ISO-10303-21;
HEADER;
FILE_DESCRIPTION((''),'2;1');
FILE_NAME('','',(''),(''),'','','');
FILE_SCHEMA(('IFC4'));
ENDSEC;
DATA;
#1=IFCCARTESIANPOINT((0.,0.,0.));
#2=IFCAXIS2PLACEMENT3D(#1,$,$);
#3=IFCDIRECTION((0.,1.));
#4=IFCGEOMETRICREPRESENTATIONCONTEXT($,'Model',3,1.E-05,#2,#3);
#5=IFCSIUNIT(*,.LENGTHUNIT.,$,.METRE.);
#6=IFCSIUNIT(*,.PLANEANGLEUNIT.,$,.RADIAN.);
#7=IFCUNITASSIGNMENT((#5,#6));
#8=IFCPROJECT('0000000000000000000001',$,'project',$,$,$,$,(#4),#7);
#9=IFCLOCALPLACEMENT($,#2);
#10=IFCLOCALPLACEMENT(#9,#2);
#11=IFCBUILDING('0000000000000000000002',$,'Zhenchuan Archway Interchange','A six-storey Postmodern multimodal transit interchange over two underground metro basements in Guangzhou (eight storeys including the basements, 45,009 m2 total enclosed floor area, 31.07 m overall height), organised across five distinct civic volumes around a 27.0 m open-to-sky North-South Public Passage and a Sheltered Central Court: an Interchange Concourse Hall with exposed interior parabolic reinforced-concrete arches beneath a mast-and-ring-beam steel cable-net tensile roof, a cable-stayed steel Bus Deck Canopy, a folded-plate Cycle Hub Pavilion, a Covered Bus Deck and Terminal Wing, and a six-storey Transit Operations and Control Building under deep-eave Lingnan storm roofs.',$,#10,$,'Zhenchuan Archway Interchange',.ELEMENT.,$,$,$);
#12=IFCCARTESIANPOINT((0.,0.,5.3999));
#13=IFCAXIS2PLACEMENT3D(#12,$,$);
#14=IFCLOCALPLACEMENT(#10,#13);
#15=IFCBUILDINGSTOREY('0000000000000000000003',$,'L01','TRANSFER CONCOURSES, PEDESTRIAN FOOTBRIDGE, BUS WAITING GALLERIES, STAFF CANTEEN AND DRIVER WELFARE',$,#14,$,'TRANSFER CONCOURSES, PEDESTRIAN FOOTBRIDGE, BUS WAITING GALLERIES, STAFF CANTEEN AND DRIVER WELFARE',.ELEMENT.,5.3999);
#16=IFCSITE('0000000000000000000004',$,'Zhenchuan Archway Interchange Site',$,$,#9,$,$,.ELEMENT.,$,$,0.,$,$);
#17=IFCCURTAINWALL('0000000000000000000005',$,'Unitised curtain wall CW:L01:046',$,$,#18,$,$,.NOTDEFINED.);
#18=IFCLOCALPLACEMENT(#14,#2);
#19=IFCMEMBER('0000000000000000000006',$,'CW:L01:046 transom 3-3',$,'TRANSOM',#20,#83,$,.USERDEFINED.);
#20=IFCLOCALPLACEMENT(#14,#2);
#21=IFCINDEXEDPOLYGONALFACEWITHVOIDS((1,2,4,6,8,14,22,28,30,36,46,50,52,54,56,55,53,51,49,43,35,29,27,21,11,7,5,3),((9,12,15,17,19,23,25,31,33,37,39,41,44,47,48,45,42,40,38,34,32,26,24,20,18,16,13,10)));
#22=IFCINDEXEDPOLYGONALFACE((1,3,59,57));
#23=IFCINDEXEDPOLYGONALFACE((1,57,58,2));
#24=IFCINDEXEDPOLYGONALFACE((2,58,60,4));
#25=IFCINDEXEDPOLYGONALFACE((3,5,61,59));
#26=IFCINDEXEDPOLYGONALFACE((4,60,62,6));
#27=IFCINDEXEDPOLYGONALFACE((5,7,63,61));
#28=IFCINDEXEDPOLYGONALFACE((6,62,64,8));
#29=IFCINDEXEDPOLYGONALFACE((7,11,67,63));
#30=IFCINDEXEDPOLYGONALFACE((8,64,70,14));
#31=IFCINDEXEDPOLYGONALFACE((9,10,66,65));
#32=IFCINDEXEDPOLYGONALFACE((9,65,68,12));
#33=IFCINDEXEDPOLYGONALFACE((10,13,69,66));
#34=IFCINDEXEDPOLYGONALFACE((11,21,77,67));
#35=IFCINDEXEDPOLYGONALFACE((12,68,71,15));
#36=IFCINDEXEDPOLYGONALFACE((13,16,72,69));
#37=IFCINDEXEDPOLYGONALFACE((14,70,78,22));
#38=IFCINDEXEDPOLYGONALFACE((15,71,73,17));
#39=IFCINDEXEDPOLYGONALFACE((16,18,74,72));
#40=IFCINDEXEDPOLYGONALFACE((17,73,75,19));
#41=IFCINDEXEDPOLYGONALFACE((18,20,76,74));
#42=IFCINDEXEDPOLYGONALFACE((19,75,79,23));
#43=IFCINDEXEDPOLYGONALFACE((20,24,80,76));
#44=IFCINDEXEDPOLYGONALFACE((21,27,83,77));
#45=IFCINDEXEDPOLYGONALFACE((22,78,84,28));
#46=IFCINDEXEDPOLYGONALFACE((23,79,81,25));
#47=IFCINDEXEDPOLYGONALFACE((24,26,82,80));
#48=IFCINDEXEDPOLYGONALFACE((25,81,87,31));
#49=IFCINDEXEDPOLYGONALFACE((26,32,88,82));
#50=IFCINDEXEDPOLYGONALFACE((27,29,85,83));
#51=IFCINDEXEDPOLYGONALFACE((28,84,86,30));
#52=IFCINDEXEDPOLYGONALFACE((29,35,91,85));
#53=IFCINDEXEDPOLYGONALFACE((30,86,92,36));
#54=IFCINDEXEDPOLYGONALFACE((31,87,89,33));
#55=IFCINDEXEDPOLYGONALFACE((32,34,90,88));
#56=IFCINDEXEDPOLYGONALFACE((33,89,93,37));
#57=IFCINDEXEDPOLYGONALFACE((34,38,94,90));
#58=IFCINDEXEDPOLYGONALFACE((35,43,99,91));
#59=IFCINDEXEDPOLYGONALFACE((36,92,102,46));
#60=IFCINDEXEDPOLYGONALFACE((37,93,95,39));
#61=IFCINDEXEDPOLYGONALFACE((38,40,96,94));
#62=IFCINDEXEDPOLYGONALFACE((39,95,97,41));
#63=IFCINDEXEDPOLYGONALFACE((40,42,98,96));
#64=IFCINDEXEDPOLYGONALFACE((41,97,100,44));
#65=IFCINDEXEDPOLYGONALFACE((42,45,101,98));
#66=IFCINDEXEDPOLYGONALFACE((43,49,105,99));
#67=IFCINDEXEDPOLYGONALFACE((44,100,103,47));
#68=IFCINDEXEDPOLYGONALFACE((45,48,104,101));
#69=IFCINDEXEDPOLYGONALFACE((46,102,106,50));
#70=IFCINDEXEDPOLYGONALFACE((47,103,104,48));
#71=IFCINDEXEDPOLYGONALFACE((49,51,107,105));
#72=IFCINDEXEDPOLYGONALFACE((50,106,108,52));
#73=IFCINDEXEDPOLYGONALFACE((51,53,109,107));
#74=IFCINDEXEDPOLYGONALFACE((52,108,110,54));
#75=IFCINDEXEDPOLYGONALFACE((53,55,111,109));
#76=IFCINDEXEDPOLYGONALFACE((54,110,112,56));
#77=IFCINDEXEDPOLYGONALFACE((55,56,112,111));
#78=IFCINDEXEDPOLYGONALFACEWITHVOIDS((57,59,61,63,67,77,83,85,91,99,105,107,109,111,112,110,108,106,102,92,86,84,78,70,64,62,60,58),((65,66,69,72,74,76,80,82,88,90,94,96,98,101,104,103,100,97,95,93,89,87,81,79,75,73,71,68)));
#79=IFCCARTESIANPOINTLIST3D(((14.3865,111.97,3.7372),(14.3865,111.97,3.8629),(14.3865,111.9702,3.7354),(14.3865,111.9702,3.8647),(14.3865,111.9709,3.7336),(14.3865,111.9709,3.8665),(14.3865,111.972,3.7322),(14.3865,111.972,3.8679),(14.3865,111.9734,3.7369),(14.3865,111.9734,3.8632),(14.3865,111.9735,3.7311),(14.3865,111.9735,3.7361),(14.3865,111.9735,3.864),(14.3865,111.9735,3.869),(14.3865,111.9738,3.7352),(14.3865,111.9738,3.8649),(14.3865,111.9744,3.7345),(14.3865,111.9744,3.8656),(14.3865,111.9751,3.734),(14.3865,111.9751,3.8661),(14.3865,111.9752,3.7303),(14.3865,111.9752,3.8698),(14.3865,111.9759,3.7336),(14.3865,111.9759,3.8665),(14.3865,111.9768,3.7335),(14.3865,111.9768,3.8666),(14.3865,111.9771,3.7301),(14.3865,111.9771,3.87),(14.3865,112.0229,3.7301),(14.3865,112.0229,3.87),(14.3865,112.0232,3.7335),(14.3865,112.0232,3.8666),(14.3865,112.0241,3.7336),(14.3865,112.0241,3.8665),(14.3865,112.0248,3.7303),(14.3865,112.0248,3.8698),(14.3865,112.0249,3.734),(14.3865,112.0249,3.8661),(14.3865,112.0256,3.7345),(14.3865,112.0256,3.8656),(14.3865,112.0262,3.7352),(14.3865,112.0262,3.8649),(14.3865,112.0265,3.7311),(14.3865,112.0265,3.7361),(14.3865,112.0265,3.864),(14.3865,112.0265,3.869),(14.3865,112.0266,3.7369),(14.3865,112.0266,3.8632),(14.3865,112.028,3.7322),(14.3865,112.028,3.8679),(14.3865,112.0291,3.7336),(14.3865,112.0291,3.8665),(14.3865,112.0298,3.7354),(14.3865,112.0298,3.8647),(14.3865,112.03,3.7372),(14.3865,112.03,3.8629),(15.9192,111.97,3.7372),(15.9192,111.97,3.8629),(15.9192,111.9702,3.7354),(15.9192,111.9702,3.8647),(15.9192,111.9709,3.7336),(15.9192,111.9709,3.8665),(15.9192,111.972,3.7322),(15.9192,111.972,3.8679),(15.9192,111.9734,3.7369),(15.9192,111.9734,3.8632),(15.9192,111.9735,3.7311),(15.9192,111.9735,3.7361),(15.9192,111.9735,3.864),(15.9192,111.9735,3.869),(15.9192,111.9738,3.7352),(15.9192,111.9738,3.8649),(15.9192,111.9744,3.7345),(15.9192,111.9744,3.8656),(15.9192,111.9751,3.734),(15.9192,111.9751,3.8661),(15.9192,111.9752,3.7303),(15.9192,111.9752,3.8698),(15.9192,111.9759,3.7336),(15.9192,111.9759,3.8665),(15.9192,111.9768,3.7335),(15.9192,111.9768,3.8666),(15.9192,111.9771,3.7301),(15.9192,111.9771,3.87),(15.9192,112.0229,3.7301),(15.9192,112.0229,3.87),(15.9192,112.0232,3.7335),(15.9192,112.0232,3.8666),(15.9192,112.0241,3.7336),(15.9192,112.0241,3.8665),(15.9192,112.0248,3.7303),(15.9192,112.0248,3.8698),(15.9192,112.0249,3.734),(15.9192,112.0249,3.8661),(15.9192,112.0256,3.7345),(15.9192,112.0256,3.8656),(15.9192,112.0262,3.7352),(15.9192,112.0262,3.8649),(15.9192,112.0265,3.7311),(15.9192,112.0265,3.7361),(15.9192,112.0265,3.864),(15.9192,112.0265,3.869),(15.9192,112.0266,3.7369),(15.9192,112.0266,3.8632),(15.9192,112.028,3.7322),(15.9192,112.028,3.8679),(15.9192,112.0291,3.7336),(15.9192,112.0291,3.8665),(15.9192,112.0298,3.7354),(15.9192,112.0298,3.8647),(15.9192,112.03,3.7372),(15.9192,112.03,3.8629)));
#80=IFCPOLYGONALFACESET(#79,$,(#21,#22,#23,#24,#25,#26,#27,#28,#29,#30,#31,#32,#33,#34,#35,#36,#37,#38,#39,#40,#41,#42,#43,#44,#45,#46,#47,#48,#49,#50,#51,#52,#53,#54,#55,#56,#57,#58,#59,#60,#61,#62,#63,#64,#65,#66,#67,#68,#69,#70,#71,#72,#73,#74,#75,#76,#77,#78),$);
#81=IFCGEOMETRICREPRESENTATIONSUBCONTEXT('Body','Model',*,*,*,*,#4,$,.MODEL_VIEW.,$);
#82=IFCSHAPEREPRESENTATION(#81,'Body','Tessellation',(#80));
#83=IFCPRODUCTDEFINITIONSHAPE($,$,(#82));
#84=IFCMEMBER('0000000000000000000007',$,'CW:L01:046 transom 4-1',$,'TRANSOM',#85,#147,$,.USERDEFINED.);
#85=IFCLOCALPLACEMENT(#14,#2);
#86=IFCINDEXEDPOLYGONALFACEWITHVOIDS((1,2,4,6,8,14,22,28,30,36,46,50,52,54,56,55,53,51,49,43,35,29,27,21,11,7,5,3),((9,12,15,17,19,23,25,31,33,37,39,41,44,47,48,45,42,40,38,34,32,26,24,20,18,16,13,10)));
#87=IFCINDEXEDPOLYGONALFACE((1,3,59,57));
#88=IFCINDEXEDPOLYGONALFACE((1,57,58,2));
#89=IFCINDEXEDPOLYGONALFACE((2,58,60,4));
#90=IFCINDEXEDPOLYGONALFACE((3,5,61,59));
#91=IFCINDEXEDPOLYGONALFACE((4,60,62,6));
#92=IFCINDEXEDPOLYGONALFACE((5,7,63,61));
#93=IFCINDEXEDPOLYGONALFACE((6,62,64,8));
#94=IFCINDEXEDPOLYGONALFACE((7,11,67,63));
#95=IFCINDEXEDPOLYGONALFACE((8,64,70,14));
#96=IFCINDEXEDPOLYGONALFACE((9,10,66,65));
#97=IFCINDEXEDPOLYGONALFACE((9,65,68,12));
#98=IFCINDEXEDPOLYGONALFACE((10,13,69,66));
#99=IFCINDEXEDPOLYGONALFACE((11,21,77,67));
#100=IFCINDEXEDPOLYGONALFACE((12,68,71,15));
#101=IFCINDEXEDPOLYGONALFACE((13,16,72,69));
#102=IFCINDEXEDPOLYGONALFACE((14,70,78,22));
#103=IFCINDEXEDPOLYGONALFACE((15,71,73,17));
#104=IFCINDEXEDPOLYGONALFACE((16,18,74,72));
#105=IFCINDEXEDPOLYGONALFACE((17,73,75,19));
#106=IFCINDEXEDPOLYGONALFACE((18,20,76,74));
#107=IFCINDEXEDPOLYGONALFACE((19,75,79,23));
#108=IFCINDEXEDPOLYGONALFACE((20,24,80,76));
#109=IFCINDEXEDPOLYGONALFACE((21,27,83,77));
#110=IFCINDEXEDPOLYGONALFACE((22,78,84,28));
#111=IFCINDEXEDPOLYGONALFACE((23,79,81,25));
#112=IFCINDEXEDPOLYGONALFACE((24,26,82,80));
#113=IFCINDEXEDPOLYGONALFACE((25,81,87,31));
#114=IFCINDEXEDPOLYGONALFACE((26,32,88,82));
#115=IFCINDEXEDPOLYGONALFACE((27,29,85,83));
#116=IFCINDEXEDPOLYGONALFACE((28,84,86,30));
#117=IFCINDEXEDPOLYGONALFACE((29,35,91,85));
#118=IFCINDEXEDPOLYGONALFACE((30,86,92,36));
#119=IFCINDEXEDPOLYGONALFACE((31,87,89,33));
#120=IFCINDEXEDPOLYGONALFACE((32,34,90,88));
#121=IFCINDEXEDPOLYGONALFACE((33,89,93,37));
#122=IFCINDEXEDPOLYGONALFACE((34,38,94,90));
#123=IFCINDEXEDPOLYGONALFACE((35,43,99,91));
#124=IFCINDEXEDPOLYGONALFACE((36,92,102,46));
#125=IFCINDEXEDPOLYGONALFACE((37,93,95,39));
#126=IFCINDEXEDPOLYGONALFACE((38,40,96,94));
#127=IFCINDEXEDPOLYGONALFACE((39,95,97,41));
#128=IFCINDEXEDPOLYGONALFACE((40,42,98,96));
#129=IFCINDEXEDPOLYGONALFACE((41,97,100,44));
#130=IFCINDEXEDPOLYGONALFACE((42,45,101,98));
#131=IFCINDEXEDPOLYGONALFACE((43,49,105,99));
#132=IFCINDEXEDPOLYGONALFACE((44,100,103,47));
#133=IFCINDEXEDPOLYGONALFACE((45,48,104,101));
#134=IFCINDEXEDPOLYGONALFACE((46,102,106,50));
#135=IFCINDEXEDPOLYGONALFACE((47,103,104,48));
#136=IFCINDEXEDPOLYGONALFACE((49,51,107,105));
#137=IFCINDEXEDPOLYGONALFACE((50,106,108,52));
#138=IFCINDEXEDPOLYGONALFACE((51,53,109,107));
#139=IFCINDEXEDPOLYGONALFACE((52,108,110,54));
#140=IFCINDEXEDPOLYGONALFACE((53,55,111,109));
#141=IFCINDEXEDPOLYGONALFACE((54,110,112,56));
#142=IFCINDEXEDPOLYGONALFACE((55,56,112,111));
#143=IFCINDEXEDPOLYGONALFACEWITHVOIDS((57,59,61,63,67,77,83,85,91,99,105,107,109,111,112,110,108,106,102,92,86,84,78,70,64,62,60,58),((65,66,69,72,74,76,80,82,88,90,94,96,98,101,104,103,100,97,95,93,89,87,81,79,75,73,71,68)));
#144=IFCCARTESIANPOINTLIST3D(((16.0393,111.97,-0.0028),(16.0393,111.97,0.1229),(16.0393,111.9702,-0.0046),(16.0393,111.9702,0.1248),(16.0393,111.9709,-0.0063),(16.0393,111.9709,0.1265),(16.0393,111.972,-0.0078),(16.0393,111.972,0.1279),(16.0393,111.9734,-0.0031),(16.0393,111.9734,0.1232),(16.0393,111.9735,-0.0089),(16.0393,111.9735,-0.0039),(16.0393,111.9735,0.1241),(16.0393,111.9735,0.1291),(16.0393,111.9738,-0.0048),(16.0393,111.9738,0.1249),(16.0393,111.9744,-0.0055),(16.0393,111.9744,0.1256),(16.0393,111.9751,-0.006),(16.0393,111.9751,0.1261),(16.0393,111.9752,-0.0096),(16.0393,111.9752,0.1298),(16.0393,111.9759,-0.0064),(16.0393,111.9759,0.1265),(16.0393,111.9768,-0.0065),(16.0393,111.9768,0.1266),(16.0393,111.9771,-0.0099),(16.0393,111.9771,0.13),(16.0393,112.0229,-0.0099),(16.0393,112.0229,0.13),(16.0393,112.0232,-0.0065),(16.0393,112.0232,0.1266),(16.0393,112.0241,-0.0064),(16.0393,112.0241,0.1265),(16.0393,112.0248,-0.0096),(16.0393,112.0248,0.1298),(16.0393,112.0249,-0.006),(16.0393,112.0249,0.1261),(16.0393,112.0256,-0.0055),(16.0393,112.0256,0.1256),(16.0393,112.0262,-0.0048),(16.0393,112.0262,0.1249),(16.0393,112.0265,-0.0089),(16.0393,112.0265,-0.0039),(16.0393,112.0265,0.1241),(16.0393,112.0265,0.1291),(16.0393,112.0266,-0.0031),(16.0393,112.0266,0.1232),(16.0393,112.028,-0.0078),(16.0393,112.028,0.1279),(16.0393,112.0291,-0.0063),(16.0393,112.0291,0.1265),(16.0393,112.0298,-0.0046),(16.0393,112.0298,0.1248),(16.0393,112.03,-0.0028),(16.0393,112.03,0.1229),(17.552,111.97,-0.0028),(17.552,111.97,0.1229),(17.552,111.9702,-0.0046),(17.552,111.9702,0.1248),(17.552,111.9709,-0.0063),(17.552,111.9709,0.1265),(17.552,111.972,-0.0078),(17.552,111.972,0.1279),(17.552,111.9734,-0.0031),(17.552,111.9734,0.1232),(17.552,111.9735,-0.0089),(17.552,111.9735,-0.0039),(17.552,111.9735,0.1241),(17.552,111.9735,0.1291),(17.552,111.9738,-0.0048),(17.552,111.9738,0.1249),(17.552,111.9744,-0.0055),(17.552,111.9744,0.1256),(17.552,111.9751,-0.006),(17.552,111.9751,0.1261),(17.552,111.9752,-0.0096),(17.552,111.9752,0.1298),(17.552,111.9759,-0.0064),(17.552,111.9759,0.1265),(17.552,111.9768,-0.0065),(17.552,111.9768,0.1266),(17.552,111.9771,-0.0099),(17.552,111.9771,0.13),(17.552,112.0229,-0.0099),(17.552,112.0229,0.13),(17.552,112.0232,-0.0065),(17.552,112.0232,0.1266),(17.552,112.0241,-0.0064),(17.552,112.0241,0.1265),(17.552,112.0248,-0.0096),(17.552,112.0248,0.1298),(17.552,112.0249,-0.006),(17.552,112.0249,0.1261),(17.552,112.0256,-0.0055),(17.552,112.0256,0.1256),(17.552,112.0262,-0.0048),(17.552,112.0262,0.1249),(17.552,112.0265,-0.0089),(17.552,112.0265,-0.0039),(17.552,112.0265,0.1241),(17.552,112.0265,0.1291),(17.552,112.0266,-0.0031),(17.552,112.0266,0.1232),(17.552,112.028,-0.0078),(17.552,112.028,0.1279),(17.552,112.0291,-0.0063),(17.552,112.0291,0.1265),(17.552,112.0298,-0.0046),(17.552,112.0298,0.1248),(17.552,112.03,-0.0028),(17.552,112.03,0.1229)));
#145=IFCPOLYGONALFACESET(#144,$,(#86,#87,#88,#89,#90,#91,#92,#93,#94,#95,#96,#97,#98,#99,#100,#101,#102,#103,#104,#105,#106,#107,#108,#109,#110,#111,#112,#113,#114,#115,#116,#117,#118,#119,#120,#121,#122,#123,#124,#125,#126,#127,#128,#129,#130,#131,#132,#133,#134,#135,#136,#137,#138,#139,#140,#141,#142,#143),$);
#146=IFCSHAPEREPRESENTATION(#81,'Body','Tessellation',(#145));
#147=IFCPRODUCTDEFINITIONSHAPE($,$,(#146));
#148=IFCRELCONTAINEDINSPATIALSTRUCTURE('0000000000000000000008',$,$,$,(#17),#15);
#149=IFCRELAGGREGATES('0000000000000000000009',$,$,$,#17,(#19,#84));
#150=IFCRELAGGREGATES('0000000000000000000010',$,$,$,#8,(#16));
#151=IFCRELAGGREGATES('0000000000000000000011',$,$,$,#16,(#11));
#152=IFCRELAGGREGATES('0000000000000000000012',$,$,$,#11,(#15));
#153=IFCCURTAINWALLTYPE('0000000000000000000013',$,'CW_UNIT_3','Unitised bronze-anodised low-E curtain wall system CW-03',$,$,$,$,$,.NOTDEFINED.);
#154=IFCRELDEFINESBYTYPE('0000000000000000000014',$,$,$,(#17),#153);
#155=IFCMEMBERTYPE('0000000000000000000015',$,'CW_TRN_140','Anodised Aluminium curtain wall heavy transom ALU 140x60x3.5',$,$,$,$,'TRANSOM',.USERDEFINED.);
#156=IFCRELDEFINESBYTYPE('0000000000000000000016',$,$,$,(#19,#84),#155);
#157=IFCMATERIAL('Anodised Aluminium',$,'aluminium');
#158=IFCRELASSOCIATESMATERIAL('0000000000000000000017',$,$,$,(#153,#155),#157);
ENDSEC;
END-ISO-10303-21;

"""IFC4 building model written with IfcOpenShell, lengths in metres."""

from ifc_helpers import new_model, si_unit, direction, frame, origin, origin_2d, place, context, subcontext, project, spatial, hollow_rectangle, extrude, material, material_profile, profile_set, type_object, element, aggregate, save


model = new_model("IFC4")

# Units and contexts
model_context = context("Model", 3, precision=1e-05, world=origin(), true_north=direction((0.0, 1.0)))
body_context = subcontext(model_context, "Body", "Model", "MODEL_VIEW")
ifc_project = project(units=[si_unit("LENGTHUNIT", "METRE"), si_unit("PLANEANGLEUNIT", "RADIAN")], contexts=[model_context])

# Site, building, storey
site_placement = place(None, origin())
site = spatial("IfcSite", under=ifc_project, at=site_placement, Name="Zhenchuan Archway Interchange Site", CompositionType="ELEMENT", RefElevation=0.0)
building_placement = place(site_placement, origin())
building = spatial("IfcBuilding", under=site, at=building_placement, Name="Zhenchuan Archway Interchange", Description="A six-storey Postmodern multimodal transit interchange over two underground metro basements in Guangzhou (eight storeys including the basements, 45,009 m2 total enclosed floor area, 31.07 m overall height), organised across five distinct civic volumes around a 27.0 m open-to-sky North-South Public Passage and a Sheltered Central Court: an Interchange Concourse Hall with exposed interior parabolic reinforced-concrete arches beneath a mast-and-ring-beam steel cable-net tensile roof, a cable-stayed steel Bus Deck Canopy, a folded-plate Cycle Hub Pavilion, a Covered Bus Deck and Terminal Wing, and a six-storey Transit Operations and Control Building under deep-eave Lingnan storm roofs.", LongName="Zhenchuan Archway Interchange", CompositionType="ELEMENT")
storey_placement = place(building_placement, frame((0.0, 0.0, 5.3999)))
storey = spatial("IfcBuildingStorey", under=building, at=storey_placement, Name="L01", Description="TRANSFER CONCOURSES, PEDESTRIAN FOOTBRIDGE, BUS WAITING GALLERIES, STAFF CANTEEN AND DRIVER WELFARE", LongName="TRANSFER CONCOURSES, PEDESTRIAN FOOTBRIDGE, BUS WAITING GALLERIES, STAFF CANTEEN AND DRIVER WELFARE", CompositionType="ELEMENT", Elevation=5.3999)

# Curtain wall, members
ifc_material_1 = material(Name="Anodised Aluminium", Category="aluminium")
curtain_wall_type = type_object("IfcCurtainWallType", Name="CW_UNIT_3", Description="Unitised bronze-anodised low-E curtain wall system CW-03", PredefinedType="NOTDEFINED", material=ifc_material_1)
curtain_wall_placement = place(storey_placement, origin())
curtain_wall = element("IfcCurtainWall", 1, at=curtain_wall_placement, inside=storey, type_object=curtain_wall_type, Name="Unitised curtain wall CW:L01:046", PredefinedType="NOTDEFINED")
ifc_material_profile_1 = material_profile(ifc_material_1, hollow_rectangle(XDim=0.0601, YDim=0.1399, WallThickness=0.0034, InnerFilletRadius=0.0034, OuterFilletRadius=0.0071, at=origin_2d()), Name="ALU 140x60x3.5")
ifc_profile_set_1 = profile_set([ifc_material_profile_1], Name="Anodised Aluminium")
member_type_1 = type_object("IfcMemberType", Name="CW_TRN_140", Description="Anodised Aluminium curtain wall heavy transom ALU 140x60x3.5", ElementType="TRANSOM", PredefinedType="USERDEFINED", material=ifc_profile_set_1)
member_1_placement = place(storey_placement, frame((14.3865, 112.0, 3.8), z_axis=(1.0, 0.0, 0.0), x_axis=(0.0, 1.0, 0.0)))
member_1 = element("IfcMember", 2, at=member_1_placement, type_object=member_type_1, Name="CW:L01:046 transom 3-3", ObjectType="TRANSOM", PredefinedType="USERDEFINED", context=body_context, shape_type="SweptSolid", body=[
    extrude(hollow_rectangle(XDim=0.0601, YDim=0.1399, WallThickness=0.0034, InnerFilletRadius=0.0034, OuterFilletRadius=0.0071, at=origin_2d()), origin(), (0.0, 0.0, 1.0), 1.5327),
])
member_2_placement = place(storey_placement, frame((16.0393, 112.0, 0.0601), z_axis=(1.0, 0.0, 0.0), x_axis=(0.0, 1.0, 0.0)))
member_2 = element("IfcMember", 3, at=member_2_placement, type_object=member_type_1, Name="CW:L01:046 transom 4-1", ObjectType="TRANSOM", PredefinedType="USERDEFINED", context=body_context, shape_type="SweptSolid", body=[
    extrude(hollow_rectangle(XDim=0.0601, YDim=0.1399, WallThickness=0.0034, InnerFilletRadius=0.0034, OuterFilletRadius=0.0071, at=origin_2d()), origin(), (0.0, 0.0, 1.0), 1.5127),
])
aggregate(curtain_wall, [member_1, member_2])

save(model, "model.ifc")
